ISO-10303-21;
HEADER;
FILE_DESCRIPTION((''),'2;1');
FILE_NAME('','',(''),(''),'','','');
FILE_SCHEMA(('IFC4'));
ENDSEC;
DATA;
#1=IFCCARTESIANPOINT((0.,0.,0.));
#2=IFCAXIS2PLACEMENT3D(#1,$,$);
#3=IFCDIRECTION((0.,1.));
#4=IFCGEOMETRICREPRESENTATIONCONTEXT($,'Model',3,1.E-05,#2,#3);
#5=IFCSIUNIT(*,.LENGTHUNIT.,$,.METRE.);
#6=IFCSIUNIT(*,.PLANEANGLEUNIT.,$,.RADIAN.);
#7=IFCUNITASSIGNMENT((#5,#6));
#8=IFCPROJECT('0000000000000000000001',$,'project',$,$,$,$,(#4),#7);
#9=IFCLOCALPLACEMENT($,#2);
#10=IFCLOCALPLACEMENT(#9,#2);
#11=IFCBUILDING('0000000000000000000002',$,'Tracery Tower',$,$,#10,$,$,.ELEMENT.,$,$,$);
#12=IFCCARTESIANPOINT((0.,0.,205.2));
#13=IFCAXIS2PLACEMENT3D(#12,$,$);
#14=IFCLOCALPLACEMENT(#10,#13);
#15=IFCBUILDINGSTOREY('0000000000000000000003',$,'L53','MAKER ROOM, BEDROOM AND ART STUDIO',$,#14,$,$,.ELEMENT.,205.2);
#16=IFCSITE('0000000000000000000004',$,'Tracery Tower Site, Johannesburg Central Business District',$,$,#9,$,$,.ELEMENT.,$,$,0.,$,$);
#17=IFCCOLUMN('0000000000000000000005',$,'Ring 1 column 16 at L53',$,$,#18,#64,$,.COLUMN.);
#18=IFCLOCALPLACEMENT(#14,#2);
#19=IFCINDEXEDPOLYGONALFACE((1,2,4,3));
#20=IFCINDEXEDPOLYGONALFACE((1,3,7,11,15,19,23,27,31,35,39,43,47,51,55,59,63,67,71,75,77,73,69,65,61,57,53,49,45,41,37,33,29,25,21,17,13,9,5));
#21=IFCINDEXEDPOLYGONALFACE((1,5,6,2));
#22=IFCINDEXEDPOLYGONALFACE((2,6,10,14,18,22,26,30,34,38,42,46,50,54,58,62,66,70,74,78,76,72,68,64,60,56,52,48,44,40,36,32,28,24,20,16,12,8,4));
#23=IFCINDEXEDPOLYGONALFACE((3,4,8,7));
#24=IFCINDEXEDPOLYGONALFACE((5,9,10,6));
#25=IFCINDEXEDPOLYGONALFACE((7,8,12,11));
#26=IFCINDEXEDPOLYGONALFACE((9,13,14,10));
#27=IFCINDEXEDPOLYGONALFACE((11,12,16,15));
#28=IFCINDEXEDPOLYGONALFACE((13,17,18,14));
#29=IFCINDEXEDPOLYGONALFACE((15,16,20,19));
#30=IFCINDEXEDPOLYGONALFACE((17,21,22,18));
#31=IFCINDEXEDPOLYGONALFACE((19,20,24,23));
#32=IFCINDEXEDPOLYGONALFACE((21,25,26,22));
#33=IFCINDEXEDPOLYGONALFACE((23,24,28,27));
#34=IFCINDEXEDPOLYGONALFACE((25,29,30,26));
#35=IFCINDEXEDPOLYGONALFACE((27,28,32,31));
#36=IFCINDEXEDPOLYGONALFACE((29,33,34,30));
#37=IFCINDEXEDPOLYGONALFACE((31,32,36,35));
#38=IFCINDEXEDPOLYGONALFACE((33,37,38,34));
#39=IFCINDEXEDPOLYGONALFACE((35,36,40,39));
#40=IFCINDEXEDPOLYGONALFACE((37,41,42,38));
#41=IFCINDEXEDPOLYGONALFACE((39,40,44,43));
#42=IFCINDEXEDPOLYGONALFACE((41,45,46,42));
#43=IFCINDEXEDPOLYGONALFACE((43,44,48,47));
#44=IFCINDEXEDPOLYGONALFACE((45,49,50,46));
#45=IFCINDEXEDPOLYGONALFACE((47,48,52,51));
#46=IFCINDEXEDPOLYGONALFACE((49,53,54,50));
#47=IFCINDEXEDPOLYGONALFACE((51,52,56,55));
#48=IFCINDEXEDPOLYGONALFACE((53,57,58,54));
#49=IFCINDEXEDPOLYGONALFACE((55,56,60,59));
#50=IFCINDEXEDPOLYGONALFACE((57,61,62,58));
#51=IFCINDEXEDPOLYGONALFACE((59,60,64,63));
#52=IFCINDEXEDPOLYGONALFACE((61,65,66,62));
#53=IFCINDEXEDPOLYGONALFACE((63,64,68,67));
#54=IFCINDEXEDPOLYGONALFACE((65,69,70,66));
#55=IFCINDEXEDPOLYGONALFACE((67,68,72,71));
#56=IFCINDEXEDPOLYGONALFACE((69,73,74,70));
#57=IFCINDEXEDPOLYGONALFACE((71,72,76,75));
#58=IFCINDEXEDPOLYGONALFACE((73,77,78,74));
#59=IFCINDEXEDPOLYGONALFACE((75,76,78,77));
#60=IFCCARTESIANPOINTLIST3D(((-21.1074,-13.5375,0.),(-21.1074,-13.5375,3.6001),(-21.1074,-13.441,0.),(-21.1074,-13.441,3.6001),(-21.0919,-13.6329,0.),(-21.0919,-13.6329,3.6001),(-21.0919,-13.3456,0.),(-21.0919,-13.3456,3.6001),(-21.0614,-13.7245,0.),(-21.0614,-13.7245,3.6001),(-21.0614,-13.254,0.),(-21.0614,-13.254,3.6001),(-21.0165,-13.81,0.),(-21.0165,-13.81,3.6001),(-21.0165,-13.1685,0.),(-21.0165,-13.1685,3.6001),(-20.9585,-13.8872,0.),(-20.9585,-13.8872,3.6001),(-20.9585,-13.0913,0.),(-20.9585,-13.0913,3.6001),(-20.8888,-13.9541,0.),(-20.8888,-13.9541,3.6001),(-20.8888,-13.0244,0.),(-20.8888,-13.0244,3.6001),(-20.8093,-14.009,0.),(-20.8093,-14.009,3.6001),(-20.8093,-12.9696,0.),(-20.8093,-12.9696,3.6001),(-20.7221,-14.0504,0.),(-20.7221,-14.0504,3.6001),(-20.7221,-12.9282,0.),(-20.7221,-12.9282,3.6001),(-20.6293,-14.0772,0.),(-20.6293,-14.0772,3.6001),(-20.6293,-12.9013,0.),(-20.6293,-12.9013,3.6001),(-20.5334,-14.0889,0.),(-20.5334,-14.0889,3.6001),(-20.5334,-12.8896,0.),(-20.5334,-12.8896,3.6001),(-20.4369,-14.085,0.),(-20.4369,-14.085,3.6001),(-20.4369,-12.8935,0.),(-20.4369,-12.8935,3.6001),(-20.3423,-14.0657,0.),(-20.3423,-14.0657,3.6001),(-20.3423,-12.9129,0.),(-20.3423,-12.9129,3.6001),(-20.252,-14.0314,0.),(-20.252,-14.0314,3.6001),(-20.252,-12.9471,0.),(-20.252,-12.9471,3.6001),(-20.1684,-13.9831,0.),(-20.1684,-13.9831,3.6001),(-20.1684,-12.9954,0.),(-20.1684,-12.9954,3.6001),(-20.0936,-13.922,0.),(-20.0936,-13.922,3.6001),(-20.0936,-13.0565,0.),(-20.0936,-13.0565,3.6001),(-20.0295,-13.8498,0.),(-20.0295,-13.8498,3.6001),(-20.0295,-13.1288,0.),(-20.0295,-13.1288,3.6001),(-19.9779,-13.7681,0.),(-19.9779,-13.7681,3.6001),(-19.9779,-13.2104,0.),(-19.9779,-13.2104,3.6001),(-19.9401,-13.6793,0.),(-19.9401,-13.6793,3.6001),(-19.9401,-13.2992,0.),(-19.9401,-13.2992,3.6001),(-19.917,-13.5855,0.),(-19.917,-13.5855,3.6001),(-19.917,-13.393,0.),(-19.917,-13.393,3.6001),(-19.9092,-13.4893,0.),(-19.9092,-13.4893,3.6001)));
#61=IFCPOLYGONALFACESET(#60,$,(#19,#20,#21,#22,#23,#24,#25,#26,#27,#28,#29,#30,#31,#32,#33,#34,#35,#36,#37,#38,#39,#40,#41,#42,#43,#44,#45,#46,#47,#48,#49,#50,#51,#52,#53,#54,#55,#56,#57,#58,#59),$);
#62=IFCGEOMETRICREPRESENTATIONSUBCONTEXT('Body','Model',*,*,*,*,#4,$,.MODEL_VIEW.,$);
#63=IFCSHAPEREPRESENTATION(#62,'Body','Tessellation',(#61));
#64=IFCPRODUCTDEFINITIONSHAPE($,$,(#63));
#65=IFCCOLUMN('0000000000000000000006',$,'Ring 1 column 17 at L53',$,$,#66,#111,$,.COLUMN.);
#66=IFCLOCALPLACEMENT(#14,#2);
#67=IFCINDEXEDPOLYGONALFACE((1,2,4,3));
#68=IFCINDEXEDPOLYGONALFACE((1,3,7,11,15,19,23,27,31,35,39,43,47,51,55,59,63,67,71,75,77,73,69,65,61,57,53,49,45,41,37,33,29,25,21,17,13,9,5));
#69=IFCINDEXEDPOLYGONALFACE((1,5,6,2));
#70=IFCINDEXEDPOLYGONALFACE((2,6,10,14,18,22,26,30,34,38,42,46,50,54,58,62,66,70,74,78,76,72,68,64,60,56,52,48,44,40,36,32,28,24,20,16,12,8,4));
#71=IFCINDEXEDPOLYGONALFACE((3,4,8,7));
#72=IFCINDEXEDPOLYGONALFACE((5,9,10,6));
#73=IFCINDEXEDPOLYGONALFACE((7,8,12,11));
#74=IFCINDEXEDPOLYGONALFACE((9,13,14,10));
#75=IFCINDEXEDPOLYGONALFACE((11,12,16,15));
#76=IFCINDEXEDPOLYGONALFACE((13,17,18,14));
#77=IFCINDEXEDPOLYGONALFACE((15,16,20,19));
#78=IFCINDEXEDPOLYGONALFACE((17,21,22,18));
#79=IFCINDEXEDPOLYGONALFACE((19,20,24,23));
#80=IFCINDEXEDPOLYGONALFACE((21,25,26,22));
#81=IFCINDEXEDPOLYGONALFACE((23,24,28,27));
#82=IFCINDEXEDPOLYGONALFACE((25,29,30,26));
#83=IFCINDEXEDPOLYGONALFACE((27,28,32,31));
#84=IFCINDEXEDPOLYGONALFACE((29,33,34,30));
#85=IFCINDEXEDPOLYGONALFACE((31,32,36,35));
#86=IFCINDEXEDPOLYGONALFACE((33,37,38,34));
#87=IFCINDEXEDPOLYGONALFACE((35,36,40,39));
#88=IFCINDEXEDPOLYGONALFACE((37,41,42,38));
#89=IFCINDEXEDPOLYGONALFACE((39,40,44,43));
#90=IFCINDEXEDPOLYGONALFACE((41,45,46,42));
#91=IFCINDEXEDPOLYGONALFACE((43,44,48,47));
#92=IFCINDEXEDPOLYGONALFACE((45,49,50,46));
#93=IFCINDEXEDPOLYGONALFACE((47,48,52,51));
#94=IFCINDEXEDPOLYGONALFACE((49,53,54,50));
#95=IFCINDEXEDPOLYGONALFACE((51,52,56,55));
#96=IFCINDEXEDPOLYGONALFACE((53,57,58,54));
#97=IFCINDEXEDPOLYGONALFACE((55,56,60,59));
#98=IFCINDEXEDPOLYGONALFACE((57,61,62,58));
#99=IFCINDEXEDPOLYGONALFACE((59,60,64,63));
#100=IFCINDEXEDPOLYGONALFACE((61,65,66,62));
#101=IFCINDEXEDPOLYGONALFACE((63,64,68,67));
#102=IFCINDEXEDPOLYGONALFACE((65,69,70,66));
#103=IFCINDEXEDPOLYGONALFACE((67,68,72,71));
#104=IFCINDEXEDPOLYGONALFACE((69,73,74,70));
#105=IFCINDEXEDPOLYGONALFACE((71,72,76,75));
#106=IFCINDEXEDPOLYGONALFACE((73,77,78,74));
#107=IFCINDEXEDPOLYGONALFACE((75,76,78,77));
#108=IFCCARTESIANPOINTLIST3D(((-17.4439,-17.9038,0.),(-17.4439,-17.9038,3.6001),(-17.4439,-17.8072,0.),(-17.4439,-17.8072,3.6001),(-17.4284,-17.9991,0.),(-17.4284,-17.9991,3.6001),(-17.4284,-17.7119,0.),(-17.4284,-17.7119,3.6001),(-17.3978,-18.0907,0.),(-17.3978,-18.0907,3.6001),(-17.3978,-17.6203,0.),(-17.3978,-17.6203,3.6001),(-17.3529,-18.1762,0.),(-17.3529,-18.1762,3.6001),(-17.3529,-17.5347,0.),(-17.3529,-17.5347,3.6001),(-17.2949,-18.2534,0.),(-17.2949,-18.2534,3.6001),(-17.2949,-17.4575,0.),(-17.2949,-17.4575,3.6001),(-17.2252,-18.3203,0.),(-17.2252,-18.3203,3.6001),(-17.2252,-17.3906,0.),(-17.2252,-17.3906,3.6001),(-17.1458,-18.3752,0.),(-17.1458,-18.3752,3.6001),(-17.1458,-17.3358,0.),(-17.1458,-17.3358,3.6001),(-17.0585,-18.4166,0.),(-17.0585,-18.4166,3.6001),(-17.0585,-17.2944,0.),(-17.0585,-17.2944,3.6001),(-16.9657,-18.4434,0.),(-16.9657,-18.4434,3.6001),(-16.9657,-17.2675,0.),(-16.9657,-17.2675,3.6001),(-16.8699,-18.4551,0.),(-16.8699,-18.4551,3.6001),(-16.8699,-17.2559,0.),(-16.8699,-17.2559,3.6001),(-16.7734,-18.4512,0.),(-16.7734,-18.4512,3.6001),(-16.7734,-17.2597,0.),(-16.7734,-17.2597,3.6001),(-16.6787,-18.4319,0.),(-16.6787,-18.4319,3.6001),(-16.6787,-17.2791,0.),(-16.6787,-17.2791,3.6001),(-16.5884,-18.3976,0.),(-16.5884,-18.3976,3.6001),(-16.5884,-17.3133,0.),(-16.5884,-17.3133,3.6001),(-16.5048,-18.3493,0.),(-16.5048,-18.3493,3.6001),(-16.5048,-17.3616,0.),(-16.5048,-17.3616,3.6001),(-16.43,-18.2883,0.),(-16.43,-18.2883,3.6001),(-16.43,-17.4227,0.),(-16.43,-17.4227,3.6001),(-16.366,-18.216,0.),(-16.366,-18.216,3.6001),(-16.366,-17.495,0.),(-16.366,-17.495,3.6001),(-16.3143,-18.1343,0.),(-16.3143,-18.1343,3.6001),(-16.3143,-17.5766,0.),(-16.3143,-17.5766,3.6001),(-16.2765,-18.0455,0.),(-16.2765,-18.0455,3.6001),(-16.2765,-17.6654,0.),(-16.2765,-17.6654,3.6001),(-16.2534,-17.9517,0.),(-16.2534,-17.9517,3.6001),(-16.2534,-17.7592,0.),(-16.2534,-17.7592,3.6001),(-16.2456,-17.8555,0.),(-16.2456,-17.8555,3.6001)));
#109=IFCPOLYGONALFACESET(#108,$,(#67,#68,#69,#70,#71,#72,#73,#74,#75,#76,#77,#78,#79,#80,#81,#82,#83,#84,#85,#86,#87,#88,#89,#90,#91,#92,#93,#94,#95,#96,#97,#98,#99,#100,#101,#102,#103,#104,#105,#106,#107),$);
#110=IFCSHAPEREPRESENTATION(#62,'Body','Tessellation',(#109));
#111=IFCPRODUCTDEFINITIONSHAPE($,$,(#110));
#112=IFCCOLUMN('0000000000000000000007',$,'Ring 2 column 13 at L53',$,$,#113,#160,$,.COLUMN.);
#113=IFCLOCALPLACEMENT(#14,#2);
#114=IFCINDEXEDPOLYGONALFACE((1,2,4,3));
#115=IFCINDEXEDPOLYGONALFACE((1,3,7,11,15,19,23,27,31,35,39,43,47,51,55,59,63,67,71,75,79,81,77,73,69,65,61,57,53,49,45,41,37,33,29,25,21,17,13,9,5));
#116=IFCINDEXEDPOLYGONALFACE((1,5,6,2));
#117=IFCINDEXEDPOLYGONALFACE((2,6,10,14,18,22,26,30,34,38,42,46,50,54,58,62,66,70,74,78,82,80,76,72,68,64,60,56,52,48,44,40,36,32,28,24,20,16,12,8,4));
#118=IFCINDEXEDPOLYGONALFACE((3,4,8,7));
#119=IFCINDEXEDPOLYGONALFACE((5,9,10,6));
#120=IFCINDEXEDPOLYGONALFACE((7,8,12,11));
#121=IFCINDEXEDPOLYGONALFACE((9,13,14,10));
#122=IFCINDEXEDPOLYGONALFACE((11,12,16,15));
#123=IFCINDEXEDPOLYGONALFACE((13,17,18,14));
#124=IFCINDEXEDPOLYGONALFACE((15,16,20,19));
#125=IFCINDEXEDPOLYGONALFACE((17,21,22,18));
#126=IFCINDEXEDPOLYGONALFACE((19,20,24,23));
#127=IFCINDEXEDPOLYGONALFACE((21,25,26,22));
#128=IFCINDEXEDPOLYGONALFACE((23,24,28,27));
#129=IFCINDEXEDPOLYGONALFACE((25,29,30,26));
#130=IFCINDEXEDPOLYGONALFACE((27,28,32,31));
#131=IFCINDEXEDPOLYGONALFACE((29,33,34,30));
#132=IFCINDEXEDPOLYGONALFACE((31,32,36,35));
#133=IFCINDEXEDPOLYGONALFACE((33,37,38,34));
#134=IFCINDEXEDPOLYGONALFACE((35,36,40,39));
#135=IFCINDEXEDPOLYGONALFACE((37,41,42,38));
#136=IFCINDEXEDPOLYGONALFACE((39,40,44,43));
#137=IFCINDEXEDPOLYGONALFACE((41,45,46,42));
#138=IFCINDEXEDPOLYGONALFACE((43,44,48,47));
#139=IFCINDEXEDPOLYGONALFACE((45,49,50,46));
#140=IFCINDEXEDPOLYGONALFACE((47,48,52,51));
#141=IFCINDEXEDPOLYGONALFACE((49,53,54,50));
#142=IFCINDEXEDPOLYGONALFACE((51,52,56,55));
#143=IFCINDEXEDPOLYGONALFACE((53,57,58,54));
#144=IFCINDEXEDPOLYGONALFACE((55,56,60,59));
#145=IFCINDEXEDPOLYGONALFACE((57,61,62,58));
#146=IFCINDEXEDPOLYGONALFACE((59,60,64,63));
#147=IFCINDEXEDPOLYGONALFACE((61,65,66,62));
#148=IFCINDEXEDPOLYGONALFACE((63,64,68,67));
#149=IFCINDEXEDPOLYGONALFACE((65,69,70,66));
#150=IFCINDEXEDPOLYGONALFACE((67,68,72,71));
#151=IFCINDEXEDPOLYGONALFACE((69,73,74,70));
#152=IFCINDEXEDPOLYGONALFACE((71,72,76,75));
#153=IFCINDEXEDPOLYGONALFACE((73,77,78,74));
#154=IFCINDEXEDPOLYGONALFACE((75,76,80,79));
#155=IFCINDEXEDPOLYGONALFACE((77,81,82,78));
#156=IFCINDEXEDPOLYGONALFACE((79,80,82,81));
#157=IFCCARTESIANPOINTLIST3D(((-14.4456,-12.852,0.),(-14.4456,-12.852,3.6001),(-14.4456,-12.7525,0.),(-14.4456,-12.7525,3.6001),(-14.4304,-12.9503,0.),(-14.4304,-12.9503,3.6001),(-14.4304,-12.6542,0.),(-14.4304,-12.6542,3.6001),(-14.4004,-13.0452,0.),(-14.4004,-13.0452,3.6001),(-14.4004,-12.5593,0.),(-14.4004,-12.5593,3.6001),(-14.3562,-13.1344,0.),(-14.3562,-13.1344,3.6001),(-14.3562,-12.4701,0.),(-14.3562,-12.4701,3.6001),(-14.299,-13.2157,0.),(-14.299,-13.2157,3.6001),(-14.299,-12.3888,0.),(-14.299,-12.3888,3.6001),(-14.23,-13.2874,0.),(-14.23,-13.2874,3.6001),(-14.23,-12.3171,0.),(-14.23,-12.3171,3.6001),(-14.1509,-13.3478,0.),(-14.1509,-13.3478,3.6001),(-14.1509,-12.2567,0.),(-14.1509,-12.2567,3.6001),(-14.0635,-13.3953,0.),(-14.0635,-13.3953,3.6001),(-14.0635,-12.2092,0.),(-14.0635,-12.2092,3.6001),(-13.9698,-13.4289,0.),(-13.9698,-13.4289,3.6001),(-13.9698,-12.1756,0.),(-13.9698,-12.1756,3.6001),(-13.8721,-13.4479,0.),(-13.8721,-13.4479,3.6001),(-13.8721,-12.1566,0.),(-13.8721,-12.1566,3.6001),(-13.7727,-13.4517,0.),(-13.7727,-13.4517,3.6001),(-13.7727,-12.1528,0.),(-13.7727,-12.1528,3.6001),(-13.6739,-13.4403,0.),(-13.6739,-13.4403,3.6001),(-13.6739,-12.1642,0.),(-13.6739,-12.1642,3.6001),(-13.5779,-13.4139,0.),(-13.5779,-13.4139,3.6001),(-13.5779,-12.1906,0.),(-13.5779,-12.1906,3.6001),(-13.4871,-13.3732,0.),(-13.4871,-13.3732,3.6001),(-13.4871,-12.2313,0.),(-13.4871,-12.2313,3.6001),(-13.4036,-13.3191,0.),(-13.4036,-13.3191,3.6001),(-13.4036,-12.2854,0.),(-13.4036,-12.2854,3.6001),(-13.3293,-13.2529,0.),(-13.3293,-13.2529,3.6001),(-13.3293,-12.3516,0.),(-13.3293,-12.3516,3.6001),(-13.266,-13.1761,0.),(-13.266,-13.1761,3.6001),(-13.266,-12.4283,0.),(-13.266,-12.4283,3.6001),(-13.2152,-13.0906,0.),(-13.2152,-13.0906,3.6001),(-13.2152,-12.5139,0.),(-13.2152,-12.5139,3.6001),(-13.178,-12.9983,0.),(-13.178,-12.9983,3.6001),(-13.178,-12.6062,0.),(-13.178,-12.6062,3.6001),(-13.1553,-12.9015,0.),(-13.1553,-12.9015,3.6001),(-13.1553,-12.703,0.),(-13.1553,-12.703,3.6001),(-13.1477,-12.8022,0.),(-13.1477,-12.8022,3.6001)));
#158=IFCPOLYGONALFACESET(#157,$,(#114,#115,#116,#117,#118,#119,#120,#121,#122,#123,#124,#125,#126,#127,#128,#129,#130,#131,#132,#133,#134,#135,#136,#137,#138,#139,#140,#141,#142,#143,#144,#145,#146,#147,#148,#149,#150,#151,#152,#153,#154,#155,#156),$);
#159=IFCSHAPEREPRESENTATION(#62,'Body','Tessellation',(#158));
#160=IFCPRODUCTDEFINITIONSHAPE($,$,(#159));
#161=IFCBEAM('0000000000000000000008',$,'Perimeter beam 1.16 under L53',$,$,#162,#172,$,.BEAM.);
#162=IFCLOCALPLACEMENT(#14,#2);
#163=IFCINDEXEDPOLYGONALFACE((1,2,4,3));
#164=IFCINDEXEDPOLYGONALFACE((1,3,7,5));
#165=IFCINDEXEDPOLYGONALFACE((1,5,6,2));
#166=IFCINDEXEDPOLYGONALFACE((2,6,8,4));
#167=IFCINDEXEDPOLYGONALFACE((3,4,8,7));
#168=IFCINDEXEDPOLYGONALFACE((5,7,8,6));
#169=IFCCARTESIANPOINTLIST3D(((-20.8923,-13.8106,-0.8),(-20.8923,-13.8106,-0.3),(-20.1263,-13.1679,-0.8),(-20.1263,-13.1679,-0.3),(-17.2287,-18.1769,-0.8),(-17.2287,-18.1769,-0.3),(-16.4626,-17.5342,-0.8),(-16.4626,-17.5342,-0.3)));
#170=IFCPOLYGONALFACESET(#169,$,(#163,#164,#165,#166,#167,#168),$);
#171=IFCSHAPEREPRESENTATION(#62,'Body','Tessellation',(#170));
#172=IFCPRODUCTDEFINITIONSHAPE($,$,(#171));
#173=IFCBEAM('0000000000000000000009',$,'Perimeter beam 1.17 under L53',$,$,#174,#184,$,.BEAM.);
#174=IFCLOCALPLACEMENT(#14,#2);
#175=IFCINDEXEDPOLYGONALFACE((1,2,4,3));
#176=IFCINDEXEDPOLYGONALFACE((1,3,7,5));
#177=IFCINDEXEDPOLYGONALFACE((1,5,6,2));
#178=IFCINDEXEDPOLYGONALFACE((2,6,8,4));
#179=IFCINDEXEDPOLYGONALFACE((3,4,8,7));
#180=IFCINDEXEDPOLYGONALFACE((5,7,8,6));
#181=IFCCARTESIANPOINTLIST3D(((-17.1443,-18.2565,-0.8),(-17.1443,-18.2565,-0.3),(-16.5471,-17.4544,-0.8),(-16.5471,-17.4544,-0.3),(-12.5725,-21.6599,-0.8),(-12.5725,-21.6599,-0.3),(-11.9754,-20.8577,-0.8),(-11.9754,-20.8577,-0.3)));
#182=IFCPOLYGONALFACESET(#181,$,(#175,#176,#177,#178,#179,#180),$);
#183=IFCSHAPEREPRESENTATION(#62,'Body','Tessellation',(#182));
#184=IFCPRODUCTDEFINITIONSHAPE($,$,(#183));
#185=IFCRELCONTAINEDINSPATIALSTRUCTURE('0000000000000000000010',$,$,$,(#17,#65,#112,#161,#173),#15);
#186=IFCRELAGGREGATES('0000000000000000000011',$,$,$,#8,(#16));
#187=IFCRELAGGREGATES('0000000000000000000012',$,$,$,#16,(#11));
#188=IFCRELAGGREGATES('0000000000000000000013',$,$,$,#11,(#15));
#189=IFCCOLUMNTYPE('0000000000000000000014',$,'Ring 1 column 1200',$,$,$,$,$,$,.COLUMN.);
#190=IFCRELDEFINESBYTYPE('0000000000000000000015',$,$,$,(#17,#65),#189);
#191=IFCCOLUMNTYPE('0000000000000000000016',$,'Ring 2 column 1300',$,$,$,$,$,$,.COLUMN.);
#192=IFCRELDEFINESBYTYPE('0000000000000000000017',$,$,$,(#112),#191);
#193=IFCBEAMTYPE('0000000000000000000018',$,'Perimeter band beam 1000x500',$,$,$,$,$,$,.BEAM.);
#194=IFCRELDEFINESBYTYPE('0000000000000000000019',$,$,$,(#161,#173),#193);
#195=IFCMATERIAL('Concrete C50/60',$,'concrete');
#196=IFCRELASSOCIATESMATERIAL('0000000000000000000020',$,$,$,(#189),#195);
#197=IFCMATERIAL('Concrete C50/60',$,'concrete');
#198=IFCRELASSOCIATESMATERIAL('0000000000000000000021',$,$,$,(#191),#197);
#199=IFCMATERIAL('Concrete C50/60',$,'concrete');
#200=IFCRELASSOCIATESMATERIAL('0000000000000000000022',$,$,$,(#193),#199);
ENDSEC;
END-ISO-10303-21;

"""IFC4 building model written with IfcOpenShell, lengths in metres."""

from ifc_helpers import new_model, si_unit, direction, frame, origin, origin_2d, place, context, subcontext, project, spatial, rectangle, circle, extrude, material, material_profile, profile_set, type_object, element, save


model = new_model("IFC4")

# Units and contexts
model_context = context("Model", 3, precision=1e-05, world=origin(), true_north=direction((0.0, 1.0)))
body_context = subcontext(model_context, "Body", "Model", "MODEL_VIEW")
ifc_project = project(units=[si_unit("LENGTHUNIT", "METRE"), si_unit("PLANEANGLEUNIT", "RADIAN")], contexts=[model_context])

# Site, building, storey
site_placement = place(None, origin())
site = spatial("IfcSite", under=ifc_project, at=site_placement, Name="Tracery Tower Site, Johannesburg Central Business District", CompositionType="ELEMENT", RefElevation=0.0)
building_placement = place(site_placement, origin())
building = spatial("IfcBuilding", under=site, at=building_placement, Name="Tracery Tower", CompositionType="ELEMENT")
storey_placement = place(building_placement, frame((0.0, 0.0, 205.2)))
storey = spatial("IfcBuildingStorey", under=building, at=storey_placement, Name="L53", Description="MAKER ROOM, BEDROOM AND ART STUDIO", CompositionType="ELEMENT", Elevation=205.2)

# Columns
ifc_material_1 = material(Name="Concrete C50/60", Category="concrete")
ifc_material_profile_1 = material_profile(ifc_material_1, circle(Radius=0.6001, at=origin_2d()), Name="RC D1200")
ifc_profile_set_1 = profile_set([ifc_material_profile_1], Name="Concrete C50/60")
column_type_1 = type_object("IfcColumnType", Name="Ring 1 column 1200", PredefinedType="COLUMN", material=ifc_profile_set_1)
for number, where, z_axis, x_axis, name in (
    (1, (-20.5093, -13.4893, 0.0), (0.0, 0.0, 1.0), (1.0, 0.0, 0.0), "Ring 1 column 16 at L53"),
    (2, (-16.8457, -17.8555, 0.0), (0.0, 0.0, 1.0), (1.0, 0.0, 0.0), "Ring 1 column 17 at L53"),
):
    element("IfcColumn", number, at=place(storey_placement, frame(where, z_axis=z_axis, x_axis=x_axis)), inside=storey, type_object=column_type_1, Name=name, PredefinedType="COLUMN", context=body_context, shape_type="SweptSolid", body=[
        extrude(circle(Radius=0.6001, at=origin_2d()), origin(), (0.0, 0.0, 1.0), 3.6001),
    ])
ifc_material_2 = material(Name="Concrete C50/60", Category="concrete")
ifc_material_profile_2 = material_profile(ifc_material_2, circle(Radius=0.6499, at=origin_2d()), Name="RC D1300")
ifc_profile_set_2 = profile_set([ifc_material_profile_2], Name="Concrete C50/60")
column_type_2 = type_object("IfcColumnType", Name="Ring 2 column 1300", PredefinedType="COLUMN", material=ifc_profile_set_2)
column_placement = place(storey_placement, frame((-13.7976, -12.8022, 0.0), z_axis=(0.0, 0.0, 1.0), x_axis=(1.0, 0.0, 0.0)))
element("IfcColumn", 3, at=column_placement, inside=storey, type_object=column_type_2, Name="Ring 2 column 13 at L53", PredefinedType="COLUMN", context=body_context, shape_type="SweptSolid", body=[
    extrude(circle(Radius=0.6499, at=origin_2d()), origin(), (0.0, 0.0, 1.0), 3.6001),
])

# Beams
ifc_material_3 = material(Name="Concrete C50/60", Category="concrete")
ifc_material_profile_3 = material_profile(ifc_material_3, rectangle(XDim=1.0, YDim=0.5, at=origin_2d()), Name="RC 1000x500")
ifc_profile_set_3 = profile_set([ifc_material_profile_3], Name="Concrete C50/60")
beam_type = type_object("IfcBeamType", Name="Perimeter band beam 1000x500", PredefinedType="BEAM", material=ifc_profile_set_3)
beam_1_placement = place(storey_placement, frame((-20.5093, -13.4893, -0.55), z_axis=(0.642776, -0.766054, 0.0), x_axis=(0.766054, 0.642776, 0.0)))
element("IfcBeam", 4, at=beam_1_placement, inside=storey, type_object=beam_type, Name="Perimeter beam 1.16 under L53", PredefinedType="BEAM", context=body_context, shape_type="SweptSolid", body=[
    extrude(rectangle(XDim=1.0, YDim=0.5, at=origin_2d()), origin(), (0.0, 0.0, 1.0), 5.6997),
])
beam_2_placement = place(storey_placement, frame((-16.8457, -17.8555, -0.55), z_axis=(0.802144, -0.597131, 0.0), x_axis=(0.597131, 0.802144, 0.0)))
element("IfcBeam", 5, at=beam_2_placement, inside=storey, type_object=beam_type, Name="Perimeter beam 1.17 under L53", PredefinedType="BEAM", context=body_context, shape_type="SweptSolid", body=[
    extrude(rectangle(XDim=1.0, YDim=0.5, at=origin_2d()), origin(), (0.0, 0.0, 1.0), 5.6995),
])

save(model, "model.ifc")
